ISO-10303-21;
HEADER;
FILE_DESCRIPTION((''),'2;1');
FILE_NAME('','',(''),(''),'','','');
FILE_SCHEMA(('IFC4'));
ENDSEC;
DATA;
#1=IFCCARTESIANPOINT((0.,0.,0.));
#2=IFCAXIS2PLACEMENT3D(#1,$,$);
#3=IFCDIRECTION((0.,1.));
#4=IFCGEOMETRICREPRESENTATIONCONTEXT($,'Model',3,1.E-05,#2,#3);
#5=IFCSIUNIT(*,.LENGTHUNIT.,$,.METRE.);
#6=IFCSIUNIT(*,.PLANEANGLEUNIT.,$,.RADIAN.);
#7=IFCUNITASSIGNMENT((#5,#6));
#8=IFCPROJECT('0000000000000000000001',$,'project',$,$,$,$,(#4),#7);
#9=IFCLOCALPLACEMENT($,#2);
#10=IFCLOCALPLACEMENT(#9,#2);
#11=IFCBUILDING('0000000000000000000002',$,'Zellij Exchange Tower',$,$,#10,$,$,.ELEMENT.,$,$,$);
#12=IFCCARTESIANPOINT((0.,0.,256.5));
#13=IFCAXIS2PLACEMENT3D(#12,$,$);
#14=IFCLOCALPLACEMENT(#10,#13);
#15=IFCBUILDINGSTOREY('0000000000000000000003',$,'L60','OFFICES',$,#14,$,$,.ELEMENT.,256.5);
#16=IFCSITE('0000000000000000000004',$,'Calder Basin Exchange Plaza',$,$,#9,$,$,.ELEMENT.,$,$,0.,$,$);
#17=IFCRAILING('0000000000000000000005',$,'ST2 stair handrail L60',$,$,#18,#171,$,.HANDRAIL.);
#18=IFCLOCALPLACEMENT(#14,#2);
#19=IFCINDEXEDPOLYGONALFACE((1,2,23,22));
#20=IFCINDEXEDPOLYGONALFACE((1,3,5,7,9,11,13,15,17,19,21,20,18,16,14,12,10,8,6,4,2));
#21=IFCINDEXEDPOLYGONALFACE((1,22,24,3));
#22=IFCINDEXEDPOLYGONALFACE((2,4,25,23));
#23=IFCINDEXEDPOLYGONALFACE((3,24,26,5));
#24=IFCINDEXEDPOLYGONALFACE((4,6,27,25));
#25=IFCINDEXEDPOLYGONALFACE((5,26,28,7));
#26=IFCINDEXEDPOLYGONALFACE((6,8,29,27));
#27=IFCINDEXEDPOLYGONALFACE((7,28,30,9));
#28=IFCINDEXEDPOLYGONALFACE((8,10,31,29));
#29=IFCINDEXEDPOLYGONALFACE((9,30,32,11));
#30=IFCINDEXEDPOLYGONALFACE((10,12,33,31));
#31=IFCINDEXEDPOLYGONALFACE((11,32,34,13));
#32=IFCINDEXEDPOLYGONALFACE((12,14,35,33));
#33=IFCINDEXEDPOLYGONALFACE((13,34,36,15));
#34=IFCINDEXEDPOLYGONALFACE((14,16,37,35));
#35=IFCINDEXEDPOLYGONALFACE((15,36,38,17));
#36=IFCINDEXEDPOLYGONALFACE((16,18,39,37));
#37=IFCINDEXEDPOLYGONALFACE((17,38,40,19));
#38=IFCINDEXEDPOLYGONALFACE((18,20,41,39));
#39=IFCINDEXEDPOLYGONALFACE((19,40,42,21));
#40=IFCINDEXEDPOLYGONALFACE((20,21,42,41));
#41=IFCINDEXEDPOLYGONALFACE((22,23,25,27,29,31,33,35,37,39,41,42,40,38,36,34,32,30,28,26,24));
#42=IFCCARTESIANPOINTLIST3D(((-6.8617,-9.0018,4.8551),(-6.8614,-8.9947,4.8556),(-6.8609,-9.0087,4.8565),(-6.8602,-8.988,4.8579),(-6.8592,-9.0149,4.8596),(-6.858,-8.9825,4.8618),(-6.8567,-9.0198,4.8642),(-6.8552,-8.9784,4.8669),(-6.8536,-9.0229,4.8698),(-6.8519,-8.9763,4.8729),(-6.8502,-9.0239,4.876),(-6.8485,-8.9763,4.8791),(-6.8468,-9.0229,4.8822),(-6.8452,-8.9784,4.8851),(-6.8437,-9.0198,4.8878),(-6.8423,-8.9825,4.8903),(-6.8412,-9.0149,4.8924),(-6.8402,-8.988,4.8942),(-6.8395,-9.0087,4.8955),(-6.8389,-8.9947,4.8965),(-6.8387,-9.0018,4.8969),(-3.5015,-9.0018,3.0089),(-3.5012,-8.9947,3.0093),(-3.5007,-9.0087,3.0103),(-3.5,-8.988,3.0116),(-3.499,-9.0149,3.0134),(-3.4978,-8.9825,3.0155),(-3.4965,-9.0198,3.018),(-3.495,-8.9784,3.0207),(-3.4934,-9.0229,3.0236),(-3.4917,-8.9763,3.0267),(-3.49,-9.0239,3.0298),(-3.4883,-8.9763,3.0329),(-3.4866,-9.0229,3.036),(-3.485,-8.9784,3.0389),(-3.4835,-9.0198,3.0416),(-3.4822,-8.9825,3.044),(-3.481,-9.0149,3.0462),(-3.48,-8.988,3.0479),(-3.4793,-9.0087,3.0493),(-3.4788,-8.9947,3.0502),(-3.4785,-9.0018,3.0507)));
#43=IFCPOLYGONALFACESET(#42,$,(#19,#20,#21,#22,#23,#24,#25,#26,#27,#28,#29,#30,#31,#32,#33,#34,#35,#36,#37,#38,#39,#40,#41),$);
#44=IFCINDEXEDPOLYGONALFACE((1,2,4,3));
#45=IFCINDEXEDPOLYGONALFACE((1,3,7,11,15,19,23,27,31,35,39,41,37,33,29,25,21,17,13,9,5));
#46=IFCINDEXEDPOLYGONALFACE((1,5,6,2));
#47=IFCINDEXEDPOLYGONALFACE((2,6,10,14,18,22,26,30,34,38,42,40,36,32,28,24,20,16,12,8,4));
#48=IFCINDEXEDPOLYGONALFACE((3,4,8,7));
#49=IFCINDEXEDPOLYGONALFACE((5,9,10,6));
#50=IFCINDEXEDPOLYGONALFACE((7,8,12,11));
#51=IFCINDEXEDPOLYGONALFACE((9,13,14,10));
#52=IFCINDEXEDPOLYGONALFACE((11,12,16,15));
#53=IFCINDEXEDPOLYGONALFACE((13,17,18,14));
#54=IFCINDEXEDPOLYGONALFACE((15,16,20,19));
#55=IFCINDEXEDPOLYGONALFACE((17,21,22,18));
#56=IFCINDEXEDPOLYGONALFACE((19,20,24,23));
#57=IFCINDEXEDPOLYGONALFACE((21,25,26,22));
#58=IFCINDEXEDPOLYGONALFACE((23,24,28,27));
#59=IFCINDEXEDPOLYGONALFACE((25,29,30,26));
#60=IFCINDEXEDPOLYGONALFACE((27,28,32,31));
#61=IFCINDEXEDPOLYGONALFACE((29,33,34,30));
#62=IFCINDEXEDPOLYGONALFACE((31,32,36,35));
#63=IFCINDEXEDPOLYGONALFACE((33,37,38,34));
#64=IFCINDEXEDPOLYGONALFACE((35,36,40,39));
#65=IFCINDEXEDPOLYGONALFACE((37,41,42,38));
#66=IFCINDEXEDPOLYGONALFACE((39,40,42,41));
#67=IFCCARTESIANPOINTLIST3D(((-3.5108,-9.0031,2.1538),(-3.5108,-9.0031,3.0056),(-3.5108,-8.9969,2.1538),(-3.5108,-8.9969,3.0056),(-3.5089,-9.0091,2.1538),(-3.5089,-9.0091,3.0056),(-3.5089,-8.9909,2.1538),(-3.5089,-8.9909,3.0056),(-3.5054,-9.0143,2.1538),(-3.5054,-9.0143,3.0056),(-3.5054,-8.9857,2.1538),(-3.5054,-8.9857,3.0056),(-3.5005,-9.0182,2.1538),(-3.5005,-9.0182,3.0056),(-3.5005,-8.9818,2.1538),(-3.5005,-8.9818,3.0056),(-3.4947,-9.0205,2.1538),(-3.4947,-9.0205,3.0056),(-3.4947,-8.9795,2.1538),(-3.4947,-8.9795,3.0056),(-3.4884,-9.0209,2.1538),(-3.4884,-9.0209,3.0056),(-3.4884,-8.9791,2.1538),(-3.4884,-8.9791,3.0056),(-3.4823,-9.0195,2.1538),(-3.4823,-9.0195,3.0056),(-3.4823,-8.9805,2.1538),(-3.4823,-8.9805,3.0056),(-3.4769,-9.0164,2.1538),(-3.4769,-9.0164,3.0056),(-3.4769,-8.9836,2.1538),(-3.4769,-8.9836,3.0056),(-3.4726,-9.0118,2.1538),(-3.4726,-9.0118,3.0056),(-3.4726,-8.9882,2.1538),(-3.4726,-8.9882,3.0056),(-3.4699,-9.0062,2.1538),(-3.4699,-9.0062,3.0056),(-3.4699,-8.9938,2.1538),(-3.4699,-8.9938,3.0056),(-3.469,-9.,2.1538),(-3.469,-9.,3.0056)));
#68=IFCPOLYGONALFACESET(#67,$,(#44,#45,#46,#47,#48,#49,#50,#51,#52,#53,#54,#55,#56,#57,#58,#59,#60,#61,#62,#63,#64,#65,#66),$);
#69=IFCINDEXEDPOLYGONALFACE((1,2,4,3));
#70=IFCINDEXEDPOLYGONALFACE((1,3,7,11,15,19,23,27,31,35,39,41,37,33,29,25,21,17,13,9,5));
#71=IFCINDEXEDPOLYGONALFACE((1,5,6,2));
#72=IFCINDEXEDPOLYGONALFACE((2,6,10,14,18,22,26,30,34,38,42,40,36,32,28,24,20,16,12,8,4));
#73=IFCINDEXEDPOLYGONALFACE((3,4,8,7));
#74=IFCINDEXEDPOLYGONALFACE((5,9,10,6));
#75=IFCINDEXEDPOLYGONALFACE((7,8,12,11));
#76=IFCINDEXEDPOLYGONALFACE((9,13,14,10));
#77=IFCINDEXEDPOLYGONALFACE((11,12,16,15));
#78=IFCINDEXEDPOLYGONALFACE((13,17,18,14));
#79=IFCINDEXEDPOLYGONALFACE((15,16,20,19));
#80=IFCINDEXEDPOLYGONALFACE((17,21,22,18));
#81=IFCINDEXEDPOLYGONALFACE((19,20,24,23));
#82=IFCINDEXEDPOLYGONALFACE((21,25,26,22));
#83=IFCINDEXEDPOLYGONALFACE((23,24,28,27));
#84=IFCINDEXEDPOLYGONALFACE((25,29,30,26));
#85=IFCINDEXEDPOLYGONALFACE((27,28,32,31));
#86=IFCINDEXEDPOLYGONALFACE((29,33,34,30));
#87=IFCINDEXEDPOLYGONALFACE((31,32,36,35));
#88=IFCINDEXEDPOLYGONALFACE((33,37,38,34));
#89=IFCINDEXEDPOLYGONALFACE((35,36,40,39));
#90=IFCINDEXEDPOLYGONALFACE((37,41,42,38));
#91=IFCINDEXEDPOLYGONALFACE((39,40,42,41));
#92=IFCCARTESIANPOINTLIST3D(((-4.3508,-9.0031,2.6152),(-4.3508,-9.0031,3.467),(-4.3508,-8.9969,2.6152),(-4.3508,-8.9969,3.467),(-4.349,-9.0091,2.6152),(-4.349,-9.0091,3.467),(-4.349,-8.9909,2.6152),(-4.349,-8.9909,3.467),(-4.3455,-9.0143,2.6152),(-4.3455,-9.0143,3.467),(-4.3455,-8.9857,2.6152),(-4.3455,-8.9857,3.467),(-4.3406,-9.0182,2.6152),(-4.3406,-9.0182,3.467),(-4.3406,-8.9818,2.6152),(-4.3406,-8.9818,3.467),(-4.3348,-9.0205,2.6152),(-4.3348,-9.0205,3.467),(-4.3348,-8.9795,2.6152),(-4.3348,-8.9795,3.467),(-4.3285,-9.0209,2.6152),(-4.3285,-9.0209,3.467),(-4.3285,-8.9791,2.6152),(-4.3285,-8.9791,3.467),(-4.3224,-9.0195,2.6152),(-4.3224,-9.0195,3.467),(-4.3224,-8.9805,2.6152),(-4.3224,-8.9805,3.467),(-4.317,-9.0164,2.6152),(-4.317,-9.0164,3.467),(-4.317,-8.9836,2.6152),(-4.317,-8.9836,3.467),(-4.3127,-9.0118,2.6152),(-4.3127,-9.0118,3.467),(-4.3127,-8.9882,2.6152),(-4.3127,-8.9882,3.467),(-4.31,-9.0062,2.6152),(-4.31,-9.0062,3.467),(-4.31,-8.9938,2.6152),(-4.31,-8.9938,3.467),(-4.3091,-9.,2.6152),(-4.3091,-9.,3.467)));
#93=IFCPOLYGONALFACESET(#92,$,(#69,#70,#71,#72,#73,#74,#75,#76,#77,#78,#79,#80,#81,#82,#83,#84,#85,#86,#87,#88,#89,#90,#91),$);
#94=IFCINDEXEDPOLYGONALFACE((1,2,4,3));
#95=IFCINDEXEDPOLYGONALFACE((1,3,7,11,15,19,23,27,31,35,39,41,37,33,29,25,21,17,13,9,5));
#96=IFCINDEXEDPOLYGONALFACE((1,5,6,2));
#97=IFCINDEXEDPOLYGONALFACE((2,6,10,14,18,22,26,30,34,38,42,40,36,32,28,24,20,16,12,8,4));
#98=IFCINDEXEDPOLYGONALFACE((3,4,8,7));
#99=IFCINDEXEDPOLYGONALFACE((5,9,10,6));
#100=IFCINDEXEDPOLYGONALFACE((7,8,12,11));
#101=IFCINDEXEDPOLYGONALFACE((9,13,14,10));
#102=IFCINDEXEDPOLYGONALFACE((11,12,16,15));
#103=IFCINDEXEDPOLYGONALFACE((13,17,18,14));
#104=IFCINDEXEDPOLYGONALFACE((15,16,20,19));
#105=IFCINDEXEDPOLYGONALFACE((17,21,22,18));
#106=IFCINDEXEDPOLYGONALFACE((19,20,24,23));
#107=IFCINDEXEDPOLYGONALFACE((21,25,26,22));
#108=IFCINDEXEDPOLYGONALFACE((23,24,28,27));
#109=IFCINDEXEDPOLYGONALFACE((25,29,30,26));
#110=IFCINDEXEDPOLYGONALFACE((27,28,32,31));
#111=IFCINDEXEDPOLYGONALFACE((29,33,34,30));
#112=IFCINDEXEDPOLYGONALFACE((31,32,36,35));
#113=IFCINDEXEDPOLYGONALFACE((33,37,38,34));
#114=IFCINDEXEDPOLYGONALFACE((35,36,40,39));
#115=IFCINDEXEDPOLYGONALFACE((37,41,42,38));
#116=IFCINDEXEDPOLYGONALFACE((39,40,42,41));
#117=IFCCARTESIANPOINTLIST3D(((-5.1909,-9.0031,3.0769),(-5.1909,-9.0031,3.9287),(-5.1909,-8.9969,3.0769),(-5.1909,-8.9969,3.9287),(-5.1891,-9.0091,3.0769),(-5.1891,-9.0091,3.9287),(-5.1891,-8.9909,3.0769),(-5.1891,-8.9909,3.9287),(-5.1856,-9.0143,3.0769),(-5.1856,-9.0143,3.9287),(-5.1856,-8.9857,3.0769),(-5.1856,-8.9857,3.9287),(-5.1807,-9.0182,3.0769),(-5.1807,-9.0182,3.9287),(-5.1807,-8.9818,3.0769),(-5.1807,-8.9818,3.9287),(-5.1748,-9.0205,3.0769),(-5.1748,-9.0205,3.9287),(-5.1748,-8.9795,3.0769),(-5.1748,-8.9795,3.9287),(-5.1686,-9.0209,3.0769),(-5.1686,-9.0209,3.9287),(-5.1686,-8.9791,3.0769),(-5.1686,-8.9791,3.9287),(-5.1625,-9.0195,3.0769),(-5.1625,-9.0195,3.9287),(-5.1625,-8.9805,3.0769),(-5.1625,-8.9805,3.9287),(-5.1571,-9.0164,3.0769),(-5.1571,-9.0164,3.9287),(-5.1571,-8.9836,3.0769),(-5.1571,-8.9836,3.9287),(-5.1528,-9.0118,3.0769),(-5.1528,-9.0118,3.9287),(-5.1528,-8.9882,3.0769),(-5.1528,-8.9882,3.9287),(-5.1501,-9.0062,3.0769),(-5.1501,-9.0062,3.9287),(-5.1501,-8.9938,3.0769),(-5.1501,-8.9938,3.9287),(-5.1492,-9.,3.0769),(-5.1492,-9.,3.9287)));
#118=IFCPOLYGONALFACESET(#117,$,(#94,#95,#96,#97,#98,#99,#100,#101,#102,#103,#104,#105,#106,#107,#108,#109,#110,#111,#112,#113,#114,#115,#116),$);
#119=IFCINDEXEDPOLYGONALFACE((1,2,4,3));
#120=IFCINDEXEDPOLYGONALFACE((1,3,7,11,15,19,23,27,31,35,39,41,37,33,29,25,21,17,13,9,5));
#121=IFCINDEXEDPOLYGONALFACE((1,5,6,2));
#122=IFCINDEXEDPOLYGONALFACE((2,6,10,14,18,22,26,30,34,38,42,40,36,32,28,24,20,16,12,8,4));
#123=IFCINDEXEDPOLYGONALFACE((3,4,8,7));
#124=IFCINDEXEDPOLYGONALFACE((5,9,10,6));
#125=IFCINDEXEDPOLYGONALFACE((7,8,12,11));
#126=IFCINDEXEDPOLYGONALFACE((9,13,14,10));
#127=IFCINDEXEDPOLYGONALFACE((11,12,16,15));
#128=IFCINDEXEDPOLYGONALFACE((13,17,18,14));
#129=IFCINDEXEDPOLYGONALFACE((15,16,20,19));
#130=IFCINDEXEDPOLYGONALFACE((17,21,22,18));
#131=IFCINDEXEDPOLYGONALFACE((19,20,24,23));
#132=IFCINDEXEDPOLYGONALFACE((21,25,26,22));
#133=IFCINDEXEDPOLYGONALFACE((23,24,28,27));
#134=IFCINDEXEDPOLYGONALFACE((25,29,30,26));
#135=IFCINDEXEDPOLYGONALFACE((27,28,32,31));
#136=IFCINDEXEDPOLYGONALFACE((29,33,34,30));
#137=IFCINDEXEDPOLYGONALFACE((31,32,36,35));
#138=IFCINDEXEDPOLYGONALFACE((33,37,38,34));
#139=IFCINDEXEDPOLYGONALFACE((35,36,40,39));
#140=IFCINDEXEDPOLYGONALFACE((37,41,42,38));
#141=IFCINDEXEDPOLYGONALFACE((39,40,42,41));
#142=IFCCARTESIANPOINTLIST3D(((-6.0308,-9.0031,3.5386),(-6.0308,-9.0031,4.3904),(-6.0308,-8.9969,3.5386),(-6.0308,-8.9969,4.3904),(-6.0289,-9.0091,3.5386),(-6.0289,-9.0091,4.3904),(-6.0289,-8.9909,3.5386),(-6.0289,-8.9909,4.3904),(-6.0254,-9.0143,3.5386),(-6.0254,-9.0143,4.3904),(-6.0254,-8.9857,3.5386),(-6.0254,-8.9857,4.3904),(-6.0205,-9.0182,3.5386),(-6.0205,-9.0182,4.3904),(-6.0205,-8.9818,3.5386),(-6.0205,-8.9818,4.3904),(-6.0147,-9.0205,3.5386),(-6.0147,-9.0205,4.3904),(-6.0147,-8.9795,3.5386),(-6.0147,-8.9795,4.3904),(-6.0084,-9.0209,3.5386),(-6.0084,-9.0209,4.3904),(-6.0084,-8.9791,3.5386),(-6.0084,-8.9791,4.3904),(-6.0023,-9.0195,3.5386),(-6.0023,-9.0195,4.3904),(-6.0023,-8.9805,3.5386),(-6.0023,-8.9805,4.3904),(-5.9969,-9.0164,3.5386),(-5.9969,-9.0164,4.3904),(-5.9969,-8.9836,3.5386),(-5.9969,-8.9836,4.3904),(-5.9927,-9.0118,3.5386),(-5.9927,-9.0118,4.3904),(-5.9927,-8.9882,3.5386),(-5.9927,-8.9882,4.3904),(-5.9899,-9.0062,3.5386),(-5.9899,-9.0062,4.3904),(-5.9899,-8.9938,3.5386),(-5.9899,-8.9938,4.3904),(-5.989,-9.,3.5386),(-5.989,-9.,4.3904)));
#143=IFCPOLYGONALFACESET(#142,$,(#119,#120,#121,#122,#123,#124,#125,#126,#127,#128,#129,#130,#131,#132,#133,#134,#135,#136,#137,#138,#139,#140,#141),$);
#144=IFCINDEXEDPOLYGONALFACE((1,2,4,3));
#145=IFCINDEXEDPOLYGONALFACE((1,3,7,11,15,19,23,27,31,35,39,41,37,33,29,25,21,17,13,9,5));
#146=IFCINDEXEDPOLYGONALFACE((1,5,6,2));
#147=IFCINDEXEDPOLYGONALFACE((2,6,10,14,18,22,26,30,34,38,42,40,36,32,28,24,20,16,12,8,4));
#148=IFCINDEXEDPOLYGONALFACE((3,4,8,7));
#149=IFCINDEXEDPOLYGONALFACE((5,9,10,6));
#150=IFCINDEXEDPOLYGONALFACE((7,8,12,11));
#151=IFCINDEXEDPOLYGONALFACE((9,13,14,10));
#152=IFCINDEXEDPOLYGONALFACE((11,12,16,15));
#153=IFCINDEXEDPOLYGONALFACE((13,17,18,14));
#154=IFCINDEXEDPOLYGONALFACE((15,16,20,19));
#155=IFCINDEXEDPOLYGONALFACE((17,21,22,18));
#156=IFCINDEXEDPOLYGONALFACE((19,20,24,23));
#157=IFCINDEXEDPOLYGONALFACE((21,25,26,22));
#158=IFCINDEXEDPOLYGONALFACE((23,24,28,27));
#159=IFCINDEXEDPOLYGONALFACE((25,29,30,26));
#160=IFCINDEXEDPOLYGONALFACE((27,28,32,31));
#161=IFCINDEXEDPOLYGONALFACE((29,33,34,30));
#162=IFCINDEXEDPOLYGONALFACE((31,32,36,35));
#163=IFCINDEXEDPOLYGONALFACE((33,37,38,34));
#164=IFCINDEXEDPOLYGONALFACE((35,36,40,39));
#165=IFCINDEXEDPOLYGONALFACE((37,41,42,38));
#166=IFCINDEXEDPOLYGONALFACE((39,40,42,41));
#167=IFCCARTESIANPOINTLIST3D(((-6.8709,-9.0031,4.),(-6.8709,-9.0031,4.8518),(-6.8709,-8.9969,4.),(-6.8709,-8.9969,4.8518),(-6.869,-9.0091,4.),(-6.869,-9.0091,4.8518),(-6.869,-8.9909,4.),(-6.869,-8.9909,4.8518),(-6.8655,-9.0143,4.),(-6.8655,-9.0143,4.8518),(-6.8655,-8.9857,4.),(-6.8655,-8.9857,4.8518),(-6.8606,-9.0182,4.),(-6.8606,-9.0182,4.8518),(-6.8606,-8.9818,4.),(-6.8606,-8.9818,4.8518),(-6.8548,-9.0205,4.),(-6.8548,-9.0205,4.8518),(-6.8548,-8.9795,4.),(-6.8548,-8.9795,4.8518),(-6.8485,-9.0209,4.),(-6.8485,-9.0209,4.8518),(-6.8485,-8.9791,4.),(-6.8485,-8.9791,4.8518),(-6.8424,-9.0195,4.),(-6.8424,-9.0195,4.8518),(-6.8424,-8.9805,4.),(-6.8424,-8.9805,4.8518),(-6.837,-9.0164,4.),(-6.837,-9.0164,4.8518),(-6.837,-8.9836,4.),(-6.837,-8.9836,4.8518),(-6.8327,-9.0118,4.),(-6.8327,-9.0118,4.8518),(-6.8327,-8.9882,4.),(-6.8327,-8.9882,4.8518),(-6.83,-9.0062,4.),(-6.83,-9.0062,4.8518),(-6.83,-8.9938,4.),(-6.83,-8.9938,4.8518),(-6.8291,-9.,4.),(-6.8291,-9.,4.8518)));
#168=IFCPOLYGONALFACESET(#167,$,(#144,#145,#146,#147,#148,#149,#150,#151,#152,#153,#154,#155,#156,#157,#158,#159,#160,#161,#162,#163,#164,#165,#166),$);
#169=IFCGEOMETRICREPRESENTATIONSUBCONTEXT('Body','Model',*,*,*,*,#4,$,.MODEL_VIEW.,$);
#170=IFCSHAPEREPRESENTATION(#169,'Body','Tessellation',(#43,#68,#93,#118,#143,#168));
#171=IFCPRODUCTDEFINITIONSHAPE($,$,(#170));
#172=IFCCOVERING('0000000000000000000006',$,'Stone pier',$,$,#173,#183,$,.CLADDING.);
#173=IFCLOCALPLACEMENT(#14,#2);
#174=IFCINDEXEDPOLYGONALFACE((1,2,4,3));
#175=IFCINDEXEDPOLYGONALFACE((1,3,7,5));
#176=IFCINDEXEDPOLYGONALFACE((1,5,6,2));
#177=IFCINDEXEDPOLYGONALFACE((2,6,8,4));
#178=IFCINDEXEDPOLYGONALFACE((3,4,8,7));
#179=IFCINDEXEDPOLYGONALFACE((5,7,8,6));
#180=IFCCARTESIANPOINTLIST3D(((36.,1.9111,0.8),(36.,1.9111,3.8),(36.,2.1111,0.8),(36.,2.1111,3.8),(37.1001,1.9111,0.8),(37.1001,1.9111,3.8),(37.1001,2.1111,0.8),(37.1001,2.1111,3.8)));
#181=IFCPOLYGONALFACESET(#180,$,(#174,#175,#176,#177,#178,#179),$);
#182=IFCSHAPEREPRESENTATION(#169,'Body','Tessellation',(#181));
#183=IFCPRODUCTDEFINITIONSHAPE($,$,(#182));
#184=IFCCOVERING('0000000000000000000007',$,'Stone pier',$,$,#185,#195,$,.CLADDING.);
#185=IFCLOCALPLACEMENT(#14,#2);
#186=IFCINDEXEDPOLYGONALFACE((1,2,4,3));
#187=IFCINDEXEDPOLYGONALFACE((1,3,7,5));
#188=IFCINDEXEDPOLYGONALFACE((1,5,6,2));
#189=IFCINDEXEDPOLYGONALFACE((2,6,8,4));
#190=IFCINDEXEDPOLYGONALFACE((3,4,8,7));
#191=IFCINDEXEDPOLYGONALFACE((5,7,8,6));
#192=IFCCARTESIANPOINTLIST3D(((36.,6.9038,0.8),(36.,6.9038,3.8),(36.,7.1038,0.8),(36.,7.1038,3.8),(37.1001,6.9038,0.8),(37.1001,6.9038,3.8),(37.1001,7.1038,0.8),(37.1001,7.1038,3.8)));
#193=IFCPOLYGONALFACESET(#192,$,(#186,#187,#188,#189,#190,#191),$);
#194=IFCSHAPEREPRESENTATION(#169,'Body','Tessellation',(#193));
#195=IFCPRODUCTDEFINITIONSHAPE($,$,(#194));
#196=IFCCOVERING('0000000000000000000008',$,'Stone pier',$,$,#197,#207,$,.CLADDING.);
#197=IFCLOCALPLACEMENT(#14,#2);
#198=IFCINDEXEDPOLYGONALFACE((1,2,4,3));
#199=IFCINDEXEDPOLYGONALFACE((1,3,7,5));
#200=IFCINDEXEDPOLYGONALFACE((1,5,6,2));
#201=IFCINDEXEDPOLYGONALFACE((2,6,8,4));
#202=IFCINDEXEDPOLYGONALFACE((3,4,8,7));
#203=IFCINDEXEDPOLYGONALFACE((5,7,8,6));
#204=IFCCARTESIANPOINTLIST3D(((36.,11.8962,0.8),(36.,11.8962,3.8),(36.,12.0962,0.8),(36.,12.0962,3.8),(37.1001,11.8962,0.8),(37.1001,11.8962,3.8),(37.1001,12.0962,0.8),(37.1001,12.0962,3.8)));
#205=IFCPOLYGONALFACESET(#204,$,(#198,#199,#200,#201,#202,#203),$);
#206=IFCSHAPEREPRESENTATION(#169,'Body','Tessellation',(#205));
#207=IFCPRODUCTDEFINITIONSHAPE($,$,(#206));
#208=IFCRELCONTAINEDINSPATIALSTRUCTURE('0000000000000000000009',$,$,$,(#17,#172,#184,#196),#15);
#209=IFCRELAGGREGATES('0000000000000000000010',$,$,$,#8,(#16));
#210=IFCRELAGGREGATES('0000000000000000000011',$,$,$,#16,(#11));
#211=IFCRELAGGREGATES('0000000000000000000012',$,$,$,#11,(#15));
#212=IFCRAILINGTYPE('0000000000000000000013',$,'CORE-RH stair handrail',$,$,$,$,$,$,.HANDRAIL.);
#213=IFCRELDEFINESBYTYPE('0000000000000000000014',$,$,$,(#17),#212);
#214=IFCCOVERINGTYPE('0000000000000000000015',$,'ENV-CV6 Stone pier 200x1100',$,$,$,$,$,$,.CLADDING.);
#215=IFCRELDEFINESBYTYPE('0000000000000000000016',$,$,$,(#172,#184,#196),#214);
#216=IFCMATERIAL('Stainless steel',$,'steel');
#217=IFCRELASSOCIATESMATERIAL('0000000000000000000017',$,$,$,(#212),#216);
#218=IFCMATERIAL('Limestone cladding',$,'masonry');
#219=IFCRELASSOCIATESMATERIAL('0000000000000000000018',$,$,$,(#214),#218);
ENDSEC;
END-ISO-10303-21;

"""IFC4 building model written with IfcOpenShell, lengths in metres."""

from ifc_helpers import new_model, si_unit, direction, frame, origin, origin_2d, place, context, subcontext, project, spatial, polyline, circle, outline, extrude, material, type_object, element, save


model = new_model("IFC4")

# Units and contexts
model_context = context("Model", 3, precision=1e-05, world=origin(), true_north=direction((0.0, 1.0)))
body_context = subcontext(model_context, "Body", "Model", "MODEL_VIEW")
ifc_project = project(units=[si_unit("LENGTHUNIT", "METRE"), si_unit("PLANEANGLEUNIT", "RADIAN")], contexts=[model_context])

# Site, building, storey
site_placement = place(None, origin())
site = spatial("IfcSite", under=ifc_project, at=site_placement, Name="Calder Basin Exchange Plaza", CompositionType="ELEMENT", RefElevation=0.0)
building_placement = place(site_placement, origin())
building = spatial("IfcBuilding", under=site, at=building_placement, Name="Zellij Exchange Tower", CompositionType="ELEMENT")
storey_placement = place(building_placement, frame((0.0, 0.0, 256.5)))
storey = spatial("IfcBuildingStorey", under=building, at=storey_placement, Name="L60", Description="OFFICES", CompositionType="ELEMENT", Elevation=256.5)

# Railing
ifc_material_1 = material(Name="Stainless steel", Category="steel")
railing_type = type_object("IfcRailingType", Name="CORE-RH stair handrail", PredefinedType="HANDRAIL", material=ifc_material_1)
railing_1_placement = place(storey_placement, frame((-3.49, -9.0, 2.1538)))
element("IfcRailing", 1, at=railing_1_placement, inside=storey, type_object=railing_type, Name="ST2 stair handrail L60", PredefinedType="HANDRAIL", context=body_context, shape_type="SweptSolid", body=[
    extrude(circle(Radius=0.0239, at=origin_2d()), frame((0.0, 0.0, 0.876), z_axis=(-0.876422, 0.0, 0.481545), x_axis=(0.0, -1.0, 0.0)), (0.0, 0.0, 1.0), 3.834),
    extrude(circle(Radius=0.021, at=origin_2d()), origin(), (0.0, 0.0, 1.0), 0.8518),
    extrude(circle(Radius=0.021, at=origin_2d()), frame((-0.8401, 0.0, 0.4614)), (0.0, 0.0, 1.0), 0.8518),
    extrude(circle(Radius=0.021, at=origin_2d()), frame((-1.6802, 0.0, 0.9231)), (0.0, 0.0, 1.0), 0.8518),
    extrude(circle(Radius=0.021, at=origin_2d()), frame((-2.52, 0.0, 1.3848)), (0.0, 0.0, 1.0), 0.8518),
    extrude(circle(Radius=0.021, at=origin_2d()), frame((-3.3601, 0.0, 1.8462)), (0.0, 0.0, 1.0), 0.8518),
])

# Coverings
ifc_material_2 = material(Name="Limestone cladding", Category="masonry")
covering_type = type_object("IfcCoveringType", Name="ENV-CV6 Stone pier 200x1100", PredefinedType="CLADDING", material=ifc_material_2)
covering_1_placement = place(storey_placement, frame((0.0, 0.0, 0.8)))
element("IfcCovering", 2, at=covering_1_placement, inside=storey, type_object=covering_type, Name="Stone pier", PredefinedType="CLADDING", context=body_context, shape_type="SweptSolid", body=[
    extrude(outline(polyline([(36.0, 1.9111), (36.0, 2.1111), (37.1001, 2.1111), (37.1001, 1.9111), (36.0, 1.9111)])), origin(), (0.0, 0.0, 1.0), 3.0),
])
covering_2_placement = place(storey_placement, frame((0.0, 0.0, 0.8)))
element("IfcCovering", 3, at=covering_2_placement, inside=storey, type_object=covering_type, Name="Stone pier", PredefinedType="CLADDING", context=body_context, shape_type="SweptSolid", body=[
    extrude(outline(polyline([(36.0, 6.9038), (36.0, 7.1038), (37.1001, 7.1038), (37.1001, 6.9038), (36.0, 6.9038)])), origin(), (0.0, 0.0, 1.0), 3.0),
])
covering_3_placement = place(storey_placement, frame((0.0, 0.0, 0.8)))
element("IfcCovering", 4, at=covering_3_placement, inside=storey, type_object=covering_type, Name="Stone pier", PredefinedType="CLADDING", context=body_context, shape_type="SweptSolid", body=[
    extrude(outline(polyline([(36.0, 11.8962), (36.0, 12.0962), (37.1001, 12.0962), (37.1001, 11.8962), (36.0, 11.8962)])), origin(), (0.0, 0.0, 1.0), 3.0),
])

save(model, "model.ifc")
